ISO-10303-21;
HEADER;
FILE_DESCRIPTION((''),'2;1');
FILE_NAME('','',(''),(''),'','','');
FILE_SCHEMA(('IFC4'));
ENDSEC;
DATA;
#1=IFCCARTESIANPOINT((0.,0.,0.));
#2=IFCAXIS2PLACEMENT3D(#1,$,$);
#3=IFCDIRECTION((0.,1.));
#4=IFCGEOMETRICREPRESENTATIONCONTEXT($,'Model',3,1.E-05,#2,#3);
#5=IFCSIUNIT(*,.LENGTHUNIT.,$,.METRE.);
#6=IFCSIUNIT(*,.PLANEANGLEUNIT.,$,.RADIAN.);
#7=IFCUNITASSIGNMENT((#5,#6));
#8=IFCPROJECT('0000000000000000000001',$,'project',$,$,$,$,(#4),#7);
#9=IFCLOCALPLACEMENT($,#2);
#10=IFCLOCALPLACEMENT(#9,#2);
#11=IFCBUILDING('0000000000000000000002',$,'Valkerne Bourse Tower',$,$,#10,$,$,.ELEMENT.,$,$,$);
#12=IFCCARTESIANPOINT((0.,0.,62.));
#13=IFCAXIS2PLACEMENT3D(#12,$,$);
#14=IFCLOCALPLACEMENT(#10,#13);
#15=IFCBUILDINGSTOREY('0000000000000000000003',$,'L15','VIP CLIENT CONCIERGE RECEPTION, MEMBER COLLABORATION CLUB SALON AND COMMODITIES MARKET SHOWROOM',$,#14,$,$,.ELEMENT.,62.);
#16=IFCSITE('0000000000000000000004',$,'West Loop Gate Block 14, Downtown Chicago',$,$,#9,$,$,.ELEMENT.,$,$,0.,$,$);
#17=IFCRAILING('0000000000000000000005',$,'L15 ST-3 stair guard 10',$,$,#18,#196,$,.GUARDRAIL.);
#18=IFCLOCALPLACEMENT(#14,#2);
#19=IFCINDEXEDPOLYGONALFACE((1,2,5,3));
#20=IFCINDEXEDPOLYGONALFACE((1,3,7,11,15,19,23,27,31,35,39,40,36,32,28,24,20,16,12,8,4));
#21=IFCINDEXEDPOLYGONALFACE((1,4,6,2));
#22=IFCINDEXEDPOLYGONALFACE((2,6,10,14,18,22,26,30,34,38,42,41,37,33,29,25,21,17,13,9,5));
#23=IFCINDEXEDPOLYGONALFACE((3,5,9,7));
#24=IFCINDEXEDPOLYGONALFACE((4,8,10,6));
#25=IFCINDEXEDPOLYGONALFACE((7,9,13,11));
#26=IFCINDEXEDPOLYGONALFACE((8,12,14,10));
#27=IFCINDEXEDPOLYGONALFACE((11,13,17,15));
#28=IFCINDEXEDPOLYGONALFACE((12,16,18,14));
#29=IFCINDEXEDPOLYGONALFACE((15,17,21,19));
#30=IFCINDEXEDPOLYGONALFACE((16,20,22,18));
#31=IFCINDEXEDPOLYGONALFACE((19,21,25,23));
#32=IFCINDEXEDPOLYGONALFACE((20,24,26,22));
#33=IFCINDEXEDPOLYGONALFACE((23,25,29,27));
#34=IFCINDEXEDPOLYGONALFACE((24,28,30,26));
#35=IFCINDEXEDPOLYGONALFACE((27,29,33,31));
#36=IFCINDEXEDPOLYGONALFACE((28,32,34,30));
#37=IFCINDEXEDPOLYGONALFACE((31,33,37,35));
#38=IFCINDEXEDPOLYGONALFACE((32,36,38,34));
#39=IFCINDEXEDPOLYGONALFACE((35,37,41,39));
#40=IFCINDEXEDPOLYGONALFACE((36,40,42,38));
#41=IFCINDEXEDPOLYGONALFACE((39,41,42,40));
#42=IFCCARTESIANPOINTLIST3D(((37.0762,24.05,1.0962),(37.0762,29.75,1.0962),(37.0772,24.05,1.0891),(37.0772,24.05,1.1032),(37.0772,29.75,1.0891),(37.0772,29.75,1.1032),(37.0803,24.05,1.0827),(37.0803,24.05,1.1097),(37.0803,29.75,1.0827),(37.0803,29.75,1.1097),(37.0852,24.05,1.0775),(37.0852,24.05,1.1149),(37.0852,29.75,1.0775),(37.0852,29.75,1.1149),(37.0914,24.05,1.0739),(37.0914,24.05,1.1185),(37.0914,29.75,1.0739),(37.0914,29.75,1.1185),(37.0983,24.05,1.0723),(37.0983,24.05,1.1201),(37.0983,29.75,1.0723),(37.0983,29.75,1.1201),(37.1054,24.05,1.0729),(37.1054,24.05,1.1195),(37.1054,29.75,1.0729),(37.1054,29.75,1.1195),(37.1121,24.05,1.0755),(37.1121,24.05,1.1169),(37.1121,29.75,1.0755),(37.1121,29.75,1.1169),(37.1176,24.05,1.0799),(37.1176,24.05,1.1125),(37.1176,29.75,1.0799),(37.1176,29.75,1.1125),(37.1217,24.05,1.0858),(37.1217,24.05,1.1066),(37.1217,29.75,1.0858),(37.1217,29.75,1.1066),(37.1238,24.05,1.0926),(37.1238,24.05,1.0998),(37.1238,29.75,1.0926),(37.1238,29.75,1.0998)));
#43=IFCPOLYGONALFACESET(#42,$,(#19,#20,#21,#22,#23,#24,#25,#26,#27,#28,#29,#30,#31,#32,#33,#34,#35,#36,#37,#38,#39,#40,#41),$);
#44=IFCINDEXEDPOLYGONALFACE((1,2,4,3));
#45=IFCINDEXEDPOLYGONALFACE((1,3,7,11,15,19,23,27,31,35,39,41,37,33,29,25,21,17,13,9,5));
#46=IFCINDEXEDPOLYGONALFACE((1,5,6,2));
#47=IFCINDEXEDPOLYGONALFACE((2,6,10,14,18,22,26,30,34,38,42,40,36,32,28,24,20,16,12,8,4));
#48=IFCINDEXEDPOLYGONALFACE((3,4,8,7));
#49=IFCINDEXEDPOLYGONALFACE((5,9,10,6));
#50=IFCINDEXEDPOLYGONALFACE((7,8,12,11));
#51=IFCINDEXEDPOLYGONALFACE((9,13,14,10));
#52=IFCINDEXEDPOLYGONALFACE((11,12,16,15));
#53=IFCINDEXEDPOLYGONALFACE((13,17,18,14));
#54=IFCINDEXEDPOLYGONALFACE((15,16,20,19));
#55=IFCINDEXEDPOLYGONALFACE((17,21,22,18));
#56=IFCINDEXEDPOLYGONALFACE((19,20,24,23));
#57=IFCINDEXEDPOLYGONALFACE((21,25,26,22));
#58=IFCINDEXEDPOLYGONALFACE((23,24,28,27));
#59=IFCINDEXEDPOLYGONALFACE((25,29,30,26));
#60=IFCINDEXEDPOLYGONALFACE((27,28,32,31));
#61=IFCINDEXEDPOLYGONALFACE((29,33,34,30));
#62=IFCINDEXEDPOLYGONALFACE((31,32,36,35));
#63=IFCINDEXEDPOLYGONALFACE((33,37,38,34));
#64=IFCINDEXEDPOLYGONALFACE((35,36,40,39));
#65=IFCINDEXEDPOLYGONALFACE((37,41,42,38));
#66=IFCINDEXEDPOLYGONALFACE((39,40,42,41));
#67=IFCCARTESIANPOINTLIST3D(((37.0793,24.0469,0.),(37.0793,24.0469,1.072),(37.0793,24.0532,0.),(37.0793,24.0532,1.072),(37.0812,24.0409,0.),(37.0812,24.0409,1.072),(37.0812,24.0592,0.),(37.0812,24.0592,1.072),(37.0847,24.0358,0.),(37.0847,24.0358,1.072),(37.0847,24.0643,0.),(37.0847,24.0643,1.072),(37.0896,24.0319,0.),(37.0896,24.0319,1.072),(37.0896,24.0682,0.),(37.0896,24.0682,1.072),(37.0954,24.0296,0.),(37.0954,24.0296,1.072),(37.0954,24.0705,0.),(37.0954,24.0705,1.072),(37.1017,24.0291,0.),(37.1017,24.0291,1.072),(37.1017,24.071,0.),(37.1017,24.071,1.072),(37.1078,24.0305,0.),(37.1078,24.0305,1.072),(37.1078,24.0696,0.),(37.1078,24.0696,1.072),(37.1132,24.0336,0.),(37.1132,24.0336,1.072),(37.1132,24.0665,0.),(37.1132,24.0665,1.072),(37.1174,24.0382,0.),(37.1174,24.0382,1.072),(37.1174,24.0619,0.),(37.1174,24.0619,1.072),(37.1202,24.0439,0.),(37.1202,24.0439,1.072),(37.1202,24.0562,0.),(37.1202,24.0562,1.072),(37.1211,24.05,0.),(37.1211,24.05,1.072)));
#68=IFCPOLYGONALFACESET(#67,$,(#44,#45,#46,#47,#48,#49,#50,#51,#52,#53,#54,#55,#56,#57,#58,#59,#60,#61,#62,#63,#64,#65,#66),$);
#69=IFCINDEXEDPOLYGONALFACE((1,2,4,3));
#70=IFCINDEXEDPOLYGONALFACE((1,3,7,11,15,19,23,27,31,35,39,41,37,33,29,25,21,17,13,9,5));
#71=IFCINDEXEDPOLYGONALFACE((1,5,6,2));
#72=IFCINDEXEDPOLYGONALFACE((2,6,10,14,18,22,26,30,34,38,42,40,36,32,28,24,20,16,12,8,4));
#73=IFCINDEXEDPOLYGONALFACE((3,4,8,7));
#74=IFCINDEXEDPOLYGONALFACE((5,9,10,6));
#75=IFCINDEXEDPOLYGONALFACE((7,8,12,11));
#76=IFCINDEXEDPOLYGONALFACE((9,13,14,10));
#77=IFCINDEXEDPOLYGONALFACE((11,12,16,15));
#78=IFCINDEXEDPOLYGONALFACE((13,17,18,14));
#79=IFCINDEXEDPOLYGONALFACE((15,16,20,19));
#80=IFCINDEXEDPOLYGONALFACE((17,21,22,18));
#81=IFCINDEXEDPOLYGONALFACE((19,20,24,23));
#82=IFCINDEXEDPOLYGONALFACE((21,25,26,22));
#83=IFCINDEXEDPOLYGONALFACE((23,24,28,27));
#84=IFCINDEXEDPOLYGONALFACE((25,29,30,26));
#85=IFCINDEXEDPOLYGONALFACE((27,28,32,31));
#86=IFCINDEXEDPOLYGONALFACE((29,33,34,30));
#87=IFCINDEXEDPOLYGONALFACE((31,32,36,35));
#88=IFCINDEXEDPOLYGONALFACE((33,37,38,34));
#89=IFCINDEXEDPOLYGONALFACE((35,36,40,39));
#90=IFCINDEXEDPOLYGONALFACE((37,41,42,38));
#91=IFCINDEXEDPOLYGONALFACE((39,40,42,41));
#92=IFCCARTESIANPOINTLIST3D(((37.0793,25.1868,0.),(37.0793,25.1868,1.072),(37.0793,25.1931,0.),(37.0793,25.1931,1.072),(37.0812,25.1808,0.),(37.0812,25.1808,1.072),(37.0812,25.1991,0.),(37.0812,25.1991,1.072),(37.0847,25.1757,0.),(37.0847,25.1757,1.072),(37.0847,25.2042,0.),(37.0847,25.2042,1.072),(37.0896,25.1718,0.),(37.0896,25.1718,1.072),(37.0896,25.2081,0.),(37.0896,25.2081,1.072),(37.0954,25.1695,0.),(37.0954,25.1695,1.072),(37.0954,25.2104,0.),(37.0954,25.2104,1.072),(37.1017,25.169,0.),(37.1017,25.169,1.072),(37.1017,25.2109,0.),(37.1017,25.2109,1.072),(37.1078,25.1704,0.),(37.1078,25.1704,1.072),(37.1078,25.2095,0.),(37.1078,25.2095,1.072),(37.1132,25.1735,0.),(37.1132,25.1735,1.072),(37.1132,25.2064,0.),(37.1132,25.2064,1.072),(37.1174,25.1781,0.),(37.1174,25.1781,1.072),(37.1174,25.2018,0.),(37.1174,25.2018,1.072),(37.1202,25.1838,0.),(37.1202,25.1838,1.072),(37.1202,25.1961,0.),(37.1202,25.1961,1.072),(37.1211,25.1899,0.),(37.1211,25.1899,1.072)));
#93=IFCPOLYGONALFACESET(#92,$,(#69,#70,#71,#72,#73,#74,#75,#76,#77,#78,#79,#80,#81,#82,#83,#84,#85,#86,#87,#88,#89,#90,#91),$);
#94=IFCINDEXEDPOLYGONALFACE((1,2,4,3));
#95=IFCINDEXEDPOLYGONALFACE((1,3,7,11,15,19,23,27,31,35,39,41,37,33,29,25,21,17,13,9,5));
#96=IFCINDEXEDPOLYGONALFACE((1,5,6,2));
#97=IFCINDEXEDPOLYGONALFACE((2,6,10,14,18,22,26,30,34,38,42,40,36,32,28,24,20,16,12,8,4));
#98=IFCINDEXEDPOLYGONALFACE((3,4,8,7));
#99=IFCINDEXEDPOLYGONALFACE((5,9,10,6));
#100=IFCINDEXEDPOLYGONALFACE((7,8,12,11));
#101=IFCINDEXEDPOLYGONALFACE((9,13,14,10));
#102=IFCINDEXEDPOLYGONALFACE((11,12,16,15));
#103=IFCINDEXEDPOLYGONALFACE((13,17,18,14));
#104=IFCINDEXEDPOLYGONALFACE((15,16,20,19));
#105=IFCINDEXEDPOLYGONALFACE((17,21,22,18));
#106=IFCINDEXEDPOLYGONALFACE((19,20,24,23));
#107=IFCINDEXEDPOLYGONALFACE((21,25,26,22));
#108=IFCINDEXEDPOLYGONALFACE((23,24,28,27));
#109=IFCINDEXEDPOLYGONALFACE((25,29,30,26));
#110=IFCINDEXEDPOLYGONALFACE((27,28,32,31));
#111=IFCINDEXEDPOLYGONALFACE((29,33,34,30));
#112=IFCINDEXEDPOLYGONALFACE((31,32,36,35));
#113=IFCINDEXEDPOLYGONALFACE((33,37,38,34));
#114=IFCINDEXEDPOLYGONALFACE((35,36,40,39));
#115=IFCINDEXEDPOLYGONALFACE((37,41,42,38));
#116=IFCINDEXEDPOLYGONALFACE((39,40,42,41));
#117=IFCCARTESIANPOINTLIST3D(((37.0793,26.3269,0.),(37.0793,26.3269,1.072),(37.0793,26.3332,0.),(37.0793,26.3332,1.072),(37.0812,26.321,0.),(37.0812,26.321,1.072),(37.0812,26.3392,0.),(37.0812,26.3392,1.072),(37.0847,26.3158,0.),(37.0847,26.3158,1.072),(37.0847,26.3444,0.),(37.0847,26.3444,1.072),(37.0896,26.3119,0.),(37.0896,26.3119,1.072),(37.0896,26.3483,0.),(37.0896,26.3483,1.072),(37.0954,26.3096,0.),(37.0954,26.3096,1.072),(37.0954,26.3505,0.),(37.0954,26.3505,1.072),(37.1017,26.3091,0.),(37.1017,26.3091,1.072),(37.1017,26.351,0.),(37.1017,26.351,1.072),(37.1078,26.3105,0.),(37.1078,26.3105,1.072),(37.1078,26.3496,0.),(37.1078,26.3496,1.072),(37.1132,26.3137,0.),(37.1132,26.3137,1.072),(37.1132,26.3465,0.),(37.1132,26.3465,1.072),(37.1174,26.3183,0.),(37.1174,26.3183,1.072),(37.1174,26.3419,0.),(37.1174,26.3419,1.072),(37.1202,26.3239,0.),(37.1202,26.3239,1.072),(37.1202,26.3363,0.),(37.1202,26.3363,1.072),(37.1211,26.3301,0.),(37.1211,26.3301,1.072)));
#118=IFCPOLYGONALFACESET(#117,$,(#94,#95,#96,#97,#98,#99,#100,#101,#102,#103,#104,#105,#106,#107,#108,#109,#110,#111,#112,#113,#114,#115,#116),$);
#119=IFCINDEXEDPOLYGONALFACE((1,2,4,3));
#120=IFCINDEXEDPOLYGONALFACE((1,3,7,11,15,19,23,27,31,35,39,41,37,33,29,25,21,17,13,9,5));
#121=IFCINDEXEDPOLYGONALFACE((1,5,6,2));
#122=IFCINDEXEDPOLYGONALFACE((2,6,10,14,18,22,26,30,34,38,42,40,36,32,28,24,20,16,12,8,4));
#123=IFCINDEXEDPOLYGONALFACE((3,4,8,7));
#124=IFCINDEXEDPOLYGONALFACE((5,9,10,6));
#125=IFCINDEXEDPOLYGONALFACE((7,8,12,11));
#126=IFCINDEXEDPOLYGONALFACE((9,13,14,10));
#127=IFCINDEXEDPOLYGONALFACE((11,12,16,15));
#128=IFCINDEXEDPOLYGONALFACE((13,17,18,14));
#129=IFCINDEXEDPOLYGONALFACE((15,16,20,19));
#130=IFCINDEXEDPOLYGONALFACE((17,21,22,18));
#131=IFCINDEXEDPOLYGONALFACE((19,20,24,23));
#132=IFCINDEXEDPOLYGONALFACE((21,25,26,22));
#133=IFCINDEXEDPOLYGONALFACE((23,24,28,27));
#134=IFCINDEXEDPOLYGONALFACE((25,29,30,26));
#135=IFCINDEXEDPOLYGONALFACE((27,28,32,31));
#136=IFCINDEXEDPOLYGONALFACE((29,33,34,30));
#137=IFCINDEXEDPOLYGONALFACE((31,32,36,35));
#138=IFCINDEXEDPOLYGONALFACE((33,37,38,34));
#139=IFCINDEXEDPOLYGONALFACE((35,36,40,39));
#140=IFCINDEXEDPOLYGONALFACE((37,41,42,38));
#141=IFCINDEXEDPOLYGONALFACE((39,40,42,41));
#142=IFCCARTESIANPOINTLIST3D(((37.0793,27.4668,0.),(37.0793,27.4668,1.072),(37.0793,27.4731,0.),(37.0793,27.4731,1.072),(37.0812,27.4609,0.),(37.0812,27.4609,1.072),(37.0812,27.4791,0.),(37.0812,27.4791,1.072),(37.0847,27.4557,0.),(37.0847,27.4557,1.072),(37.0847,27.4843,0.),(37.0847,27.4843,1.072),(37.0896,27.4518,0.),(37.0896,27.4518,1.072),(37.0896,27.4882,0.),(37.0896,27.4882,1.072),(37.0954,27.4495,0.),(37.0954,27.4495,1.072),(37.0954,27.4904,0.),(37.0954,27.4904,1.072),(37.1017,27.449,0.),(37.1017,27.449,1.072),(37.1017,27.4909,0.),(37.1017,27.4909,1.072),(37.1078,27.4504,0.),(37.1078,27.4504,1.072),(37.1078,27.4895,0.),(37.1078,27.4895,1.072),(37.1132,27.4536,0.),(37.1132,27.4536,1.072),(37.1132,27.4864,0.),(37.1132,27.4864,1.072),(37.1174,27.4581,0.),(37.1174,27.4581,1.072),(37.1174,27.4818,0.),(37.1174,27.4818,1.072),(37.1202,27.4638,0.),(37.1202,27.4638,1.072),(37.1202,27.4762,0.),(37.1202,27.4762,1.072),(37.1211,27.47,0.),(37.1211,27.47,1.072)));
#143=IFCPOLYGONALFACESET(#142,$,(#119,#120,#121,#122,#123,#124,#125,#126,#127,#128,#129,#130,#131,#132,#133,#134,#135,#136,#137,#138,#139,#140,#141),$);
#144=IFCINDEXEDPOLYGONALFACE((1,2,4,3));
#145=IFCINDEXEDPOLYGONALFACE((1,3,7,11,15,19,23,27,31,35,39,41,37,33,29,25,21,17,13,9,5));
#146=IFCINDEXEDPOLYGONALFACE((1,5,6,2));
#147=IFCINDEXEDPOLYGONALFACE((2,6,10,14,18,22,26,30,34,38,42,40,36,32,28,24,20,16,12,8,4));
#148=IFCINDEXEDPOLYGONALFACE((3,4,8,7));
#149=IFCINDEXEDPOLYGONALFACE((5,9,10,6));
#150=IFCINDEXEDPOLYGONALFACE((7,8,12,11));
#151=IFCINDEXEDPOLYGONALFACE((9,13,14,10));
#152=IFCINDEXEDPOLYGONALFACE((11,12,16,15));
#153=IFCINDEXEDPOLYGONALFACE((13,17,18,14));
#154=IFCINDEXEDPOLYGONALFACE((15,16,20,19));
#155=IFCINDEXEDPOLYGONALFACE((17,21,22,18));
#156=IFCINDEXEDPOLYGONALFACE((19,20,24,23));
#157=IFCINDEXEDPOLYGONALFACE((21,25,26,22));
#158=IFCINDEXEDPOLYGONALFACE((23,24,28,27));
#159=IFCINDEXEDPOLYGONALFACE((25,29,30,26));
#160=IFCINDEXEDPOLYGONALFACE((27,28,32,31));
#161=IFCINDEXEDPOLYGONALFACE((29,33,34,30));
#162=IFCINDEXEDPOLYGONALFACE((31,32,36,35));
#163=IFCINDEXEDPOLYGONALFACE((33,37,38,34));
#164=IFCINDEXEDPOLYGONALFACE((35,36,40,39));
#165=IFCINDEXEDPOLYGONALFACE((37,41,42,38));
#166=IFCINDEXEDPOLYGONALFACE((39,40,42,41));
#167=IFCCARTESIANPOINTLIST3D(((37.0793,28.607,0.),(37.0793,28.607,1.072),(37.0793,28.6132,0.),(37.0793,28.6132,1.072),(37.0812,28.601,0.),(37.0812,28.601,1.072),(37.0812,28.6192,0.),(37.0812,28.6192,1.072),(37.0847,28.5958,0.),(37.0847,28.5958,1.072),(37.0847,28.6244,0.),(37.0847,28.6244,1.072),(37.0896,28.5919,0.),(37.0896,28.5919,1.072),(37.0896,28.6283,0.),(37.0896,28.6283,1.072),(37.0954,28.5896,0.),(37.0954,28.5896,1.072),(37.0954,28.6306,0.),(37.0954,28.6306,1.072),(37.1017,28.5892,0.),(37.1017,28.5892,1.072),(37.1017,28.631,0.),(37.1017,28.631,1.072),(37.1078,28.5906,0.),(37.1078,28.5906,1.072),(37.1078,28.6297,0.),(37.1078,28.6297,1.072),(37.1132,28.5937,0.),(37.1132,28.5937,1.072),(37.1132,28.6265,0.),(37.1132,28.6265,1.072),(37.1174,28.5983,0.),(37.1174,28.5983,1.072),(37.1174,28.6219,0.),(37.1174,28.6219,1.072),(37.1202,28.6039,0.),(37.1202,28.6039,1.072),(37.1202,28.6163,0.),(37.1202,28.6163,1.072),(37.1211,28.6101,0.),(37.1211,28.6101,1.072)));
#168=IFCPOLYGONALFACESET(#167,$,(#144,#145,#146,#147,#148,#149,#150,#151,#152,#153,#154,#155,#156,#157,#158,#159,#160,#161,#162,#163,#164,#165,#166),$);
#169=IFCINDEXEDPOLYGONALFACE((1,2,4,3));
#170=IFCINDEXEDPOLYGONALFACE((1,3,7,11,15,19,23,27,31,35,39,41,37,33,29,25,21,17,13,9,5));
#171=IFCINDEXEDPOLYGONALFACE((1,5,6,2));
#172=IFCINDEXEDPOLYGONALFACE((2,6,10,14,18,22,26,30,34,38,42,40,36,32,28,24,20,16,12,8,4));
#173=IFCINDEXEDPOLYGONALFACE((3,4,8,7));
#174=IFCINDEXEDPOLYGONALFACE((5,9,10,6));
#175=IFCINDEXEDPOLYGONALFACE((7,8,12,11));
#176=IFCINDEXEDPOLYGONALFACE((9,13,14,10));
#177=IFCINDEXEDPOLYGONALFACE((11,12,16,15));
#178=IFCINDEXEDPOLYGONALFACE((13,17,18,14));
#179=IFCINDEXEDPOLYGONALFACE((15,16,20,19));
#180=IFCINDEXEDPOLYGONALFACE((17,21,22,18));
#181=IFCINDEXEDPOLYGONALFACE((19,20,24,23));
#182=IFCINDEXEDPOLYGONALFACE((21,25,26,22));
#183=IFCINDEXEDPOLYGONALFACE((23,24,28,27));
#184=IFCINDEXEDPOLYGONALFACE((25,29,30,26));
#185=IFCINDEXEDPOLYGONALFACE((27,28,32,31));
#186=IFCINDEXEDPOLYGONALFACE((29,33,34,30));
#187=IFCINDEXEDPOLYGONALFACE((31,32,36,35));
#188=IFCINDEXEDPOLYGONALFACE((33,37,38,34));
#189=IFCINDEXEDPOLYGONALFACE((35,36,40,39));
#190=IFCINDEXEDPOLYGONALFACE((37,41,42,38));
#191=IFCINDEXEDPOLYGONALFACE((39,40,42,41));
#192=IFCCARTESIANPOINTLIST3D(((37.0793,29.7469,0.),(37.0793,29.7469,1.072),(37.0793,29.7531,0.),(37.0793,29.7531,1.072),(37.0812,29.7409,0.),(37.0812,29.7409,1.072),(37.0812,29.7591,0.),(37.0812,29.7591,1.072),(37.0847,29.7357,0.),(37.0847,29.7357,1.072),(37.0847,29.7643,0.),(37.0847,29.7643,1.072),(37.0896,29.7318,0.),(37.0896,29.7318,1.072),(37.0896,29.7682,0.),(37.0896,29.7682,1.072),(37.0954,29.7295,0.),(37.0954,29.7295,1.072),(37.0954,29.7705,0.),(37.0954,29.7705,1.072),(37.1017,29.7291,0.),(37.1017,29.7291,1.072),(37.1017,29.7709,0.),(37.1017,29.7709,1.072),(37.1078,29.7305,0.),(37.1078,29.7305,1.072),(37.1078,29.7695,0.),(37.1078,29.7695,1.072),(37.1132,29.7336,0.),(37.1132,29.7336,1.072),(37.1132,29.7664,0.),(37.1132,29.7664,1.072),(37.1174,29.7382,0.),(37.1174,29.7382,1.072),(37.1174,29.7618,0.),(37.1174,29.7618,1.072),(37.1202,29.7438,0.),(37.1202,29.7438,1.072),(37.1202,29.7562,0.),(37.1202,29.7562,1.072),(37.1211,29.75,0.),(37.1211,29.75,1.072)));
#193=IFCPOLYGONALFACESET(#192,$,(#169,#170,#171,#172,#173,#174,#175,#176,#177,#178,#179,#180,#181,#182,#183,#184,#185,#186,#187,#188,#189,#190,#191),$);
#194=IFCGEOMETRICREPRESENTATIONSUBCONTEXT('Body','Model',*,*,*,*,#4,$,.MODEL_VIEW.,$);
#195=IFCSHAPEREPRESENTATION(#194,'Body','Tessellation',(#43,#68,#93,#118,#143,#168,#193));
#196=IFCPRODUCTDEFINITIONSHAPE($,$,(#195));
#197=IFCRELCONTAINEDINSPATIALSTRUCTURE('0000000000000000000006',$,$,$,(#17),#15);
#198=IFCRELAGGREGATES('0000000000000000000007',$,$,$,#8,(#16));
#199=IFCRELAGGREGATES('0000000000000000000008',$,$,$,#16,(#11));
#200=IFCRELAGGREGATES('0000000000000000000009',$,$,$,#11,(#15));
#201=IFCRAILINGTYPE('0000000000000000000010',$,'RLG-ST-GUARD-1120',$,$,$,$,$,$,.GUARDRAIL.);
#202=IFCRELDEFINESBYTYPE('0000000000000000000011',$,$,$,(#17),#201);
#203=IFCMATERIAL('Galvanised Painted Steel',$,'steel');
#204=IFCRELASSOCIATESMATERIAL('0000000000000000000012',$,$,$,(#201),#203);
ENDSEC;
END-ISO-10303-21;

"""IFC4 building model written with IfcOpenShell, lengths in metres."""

from ifc_helpers import new_model, si_unit, direction, frame, origin, origin_2d, place, context, subcontext, project, spatial, circle, extrude, material, type_object, element, save


model = new_model("IFC4")

# Units and contexts
model_context = context("Model", 3, precision=1e-05, world=origin(), true_north=direction((0.0, 1.0)))
body_context = subcontext(model_context, "Body", "Model", "MODEL_VIEW")
ifc_project = project(units=[si_unit("LENGTHUNIT", "METRE"), si_unit("PLANEANGLEUNIT", "RADIAN")], contexts=[model_context])

# Site, building, storey
site_placement = place(None, origin())
site = spatial("IfcSite", under=ifc_project, at=site_placement, Name="West Loop Gate Block 14, Downtown Chicago", CompositionType="ELEMENT", RefElevation=0.0)
building_placement = place(site_placement, origin())
building = spatial("IfcBuilding", under=site, at=building_placement, Name="Valkerne Bourse Tower", CompositionType="ELEMENT")
storey_placement = place(building_placement, frame((0.0, 0.0, 62.0)))
storey = spatial("IfcBuildingStorey", under=building, at=storey_placement, Name="L15", Description="VIP CLIENT CONCIERGE RECEPTION, MEMBER COLLABORATION CLUB SALON AND COMMODITIES MARKET SHOWROOM", CompositionType="ELEMENT", Elevation=62.0)

# Shared definitions
ifc_material_1 = material(Name="Galvanised Painted Steel", Category="steel")

# Railing
railing_type_1 = type_object("IfcRailingType", Name="RLG-ST-GUARD-1120", PredefinedType="GUARDRAIL", material=ifc_material_1)
railing_1_placement = place(storey_placement, frame((37.1001, 24.05, 0.0)))
element("IfcRailing", 1, at=railing_1_placement, inside=storey, type_object=railing_type_1, Name="L15 ST-3 stair guard 10", PredefinedType="GUARDRAIL", context=body_context, shape_type="SweptSolid", body=[
    extrude(circle(Radius=0.0239, at=origin_2d()), frame((0.0, 0.0, 1.0962), z_axis=(0.0, 1.0, 0.0), x_axis=(-1.0, 0.0, 0.0)), (0.0, 0.0, 1.0), 5.7),
    extrude(circle(Radius=0.021, at=origin_2d()), origin(), (0.0, 0.0, 1.0), 1.072),
    extrude(circle(Radius=0.021, at=origin_2d()), frame((0.0, 1.1399, 0.0)), (0.0, 0.0, 1.0), 1.072),
    extrude(circle(Radius=0.021, at=origin_2d()), frame((0.0, 2.28, 0.0)), (0.0, 0.0, 1.0), 1.072),
    extrude(circle(Radius=0.021, at=origin_2d()), frame((0.0, 3.4199, 0.0)), (0.0, 0.0, 1.0), 1.072),
    extrude(circle(Radius=0.021, at=origin_2d()), frame((0.0, 4.5601, 0.0)), (0.0, 0.0, 1.0), 1.072),
    extrude(circle(Radius=0.021, at=origin_2d()), frame((0.0, 5.7, 0.0)), (0.0, 0.0, 1.0), 1.072),
])

save(model, "model.ifc")
